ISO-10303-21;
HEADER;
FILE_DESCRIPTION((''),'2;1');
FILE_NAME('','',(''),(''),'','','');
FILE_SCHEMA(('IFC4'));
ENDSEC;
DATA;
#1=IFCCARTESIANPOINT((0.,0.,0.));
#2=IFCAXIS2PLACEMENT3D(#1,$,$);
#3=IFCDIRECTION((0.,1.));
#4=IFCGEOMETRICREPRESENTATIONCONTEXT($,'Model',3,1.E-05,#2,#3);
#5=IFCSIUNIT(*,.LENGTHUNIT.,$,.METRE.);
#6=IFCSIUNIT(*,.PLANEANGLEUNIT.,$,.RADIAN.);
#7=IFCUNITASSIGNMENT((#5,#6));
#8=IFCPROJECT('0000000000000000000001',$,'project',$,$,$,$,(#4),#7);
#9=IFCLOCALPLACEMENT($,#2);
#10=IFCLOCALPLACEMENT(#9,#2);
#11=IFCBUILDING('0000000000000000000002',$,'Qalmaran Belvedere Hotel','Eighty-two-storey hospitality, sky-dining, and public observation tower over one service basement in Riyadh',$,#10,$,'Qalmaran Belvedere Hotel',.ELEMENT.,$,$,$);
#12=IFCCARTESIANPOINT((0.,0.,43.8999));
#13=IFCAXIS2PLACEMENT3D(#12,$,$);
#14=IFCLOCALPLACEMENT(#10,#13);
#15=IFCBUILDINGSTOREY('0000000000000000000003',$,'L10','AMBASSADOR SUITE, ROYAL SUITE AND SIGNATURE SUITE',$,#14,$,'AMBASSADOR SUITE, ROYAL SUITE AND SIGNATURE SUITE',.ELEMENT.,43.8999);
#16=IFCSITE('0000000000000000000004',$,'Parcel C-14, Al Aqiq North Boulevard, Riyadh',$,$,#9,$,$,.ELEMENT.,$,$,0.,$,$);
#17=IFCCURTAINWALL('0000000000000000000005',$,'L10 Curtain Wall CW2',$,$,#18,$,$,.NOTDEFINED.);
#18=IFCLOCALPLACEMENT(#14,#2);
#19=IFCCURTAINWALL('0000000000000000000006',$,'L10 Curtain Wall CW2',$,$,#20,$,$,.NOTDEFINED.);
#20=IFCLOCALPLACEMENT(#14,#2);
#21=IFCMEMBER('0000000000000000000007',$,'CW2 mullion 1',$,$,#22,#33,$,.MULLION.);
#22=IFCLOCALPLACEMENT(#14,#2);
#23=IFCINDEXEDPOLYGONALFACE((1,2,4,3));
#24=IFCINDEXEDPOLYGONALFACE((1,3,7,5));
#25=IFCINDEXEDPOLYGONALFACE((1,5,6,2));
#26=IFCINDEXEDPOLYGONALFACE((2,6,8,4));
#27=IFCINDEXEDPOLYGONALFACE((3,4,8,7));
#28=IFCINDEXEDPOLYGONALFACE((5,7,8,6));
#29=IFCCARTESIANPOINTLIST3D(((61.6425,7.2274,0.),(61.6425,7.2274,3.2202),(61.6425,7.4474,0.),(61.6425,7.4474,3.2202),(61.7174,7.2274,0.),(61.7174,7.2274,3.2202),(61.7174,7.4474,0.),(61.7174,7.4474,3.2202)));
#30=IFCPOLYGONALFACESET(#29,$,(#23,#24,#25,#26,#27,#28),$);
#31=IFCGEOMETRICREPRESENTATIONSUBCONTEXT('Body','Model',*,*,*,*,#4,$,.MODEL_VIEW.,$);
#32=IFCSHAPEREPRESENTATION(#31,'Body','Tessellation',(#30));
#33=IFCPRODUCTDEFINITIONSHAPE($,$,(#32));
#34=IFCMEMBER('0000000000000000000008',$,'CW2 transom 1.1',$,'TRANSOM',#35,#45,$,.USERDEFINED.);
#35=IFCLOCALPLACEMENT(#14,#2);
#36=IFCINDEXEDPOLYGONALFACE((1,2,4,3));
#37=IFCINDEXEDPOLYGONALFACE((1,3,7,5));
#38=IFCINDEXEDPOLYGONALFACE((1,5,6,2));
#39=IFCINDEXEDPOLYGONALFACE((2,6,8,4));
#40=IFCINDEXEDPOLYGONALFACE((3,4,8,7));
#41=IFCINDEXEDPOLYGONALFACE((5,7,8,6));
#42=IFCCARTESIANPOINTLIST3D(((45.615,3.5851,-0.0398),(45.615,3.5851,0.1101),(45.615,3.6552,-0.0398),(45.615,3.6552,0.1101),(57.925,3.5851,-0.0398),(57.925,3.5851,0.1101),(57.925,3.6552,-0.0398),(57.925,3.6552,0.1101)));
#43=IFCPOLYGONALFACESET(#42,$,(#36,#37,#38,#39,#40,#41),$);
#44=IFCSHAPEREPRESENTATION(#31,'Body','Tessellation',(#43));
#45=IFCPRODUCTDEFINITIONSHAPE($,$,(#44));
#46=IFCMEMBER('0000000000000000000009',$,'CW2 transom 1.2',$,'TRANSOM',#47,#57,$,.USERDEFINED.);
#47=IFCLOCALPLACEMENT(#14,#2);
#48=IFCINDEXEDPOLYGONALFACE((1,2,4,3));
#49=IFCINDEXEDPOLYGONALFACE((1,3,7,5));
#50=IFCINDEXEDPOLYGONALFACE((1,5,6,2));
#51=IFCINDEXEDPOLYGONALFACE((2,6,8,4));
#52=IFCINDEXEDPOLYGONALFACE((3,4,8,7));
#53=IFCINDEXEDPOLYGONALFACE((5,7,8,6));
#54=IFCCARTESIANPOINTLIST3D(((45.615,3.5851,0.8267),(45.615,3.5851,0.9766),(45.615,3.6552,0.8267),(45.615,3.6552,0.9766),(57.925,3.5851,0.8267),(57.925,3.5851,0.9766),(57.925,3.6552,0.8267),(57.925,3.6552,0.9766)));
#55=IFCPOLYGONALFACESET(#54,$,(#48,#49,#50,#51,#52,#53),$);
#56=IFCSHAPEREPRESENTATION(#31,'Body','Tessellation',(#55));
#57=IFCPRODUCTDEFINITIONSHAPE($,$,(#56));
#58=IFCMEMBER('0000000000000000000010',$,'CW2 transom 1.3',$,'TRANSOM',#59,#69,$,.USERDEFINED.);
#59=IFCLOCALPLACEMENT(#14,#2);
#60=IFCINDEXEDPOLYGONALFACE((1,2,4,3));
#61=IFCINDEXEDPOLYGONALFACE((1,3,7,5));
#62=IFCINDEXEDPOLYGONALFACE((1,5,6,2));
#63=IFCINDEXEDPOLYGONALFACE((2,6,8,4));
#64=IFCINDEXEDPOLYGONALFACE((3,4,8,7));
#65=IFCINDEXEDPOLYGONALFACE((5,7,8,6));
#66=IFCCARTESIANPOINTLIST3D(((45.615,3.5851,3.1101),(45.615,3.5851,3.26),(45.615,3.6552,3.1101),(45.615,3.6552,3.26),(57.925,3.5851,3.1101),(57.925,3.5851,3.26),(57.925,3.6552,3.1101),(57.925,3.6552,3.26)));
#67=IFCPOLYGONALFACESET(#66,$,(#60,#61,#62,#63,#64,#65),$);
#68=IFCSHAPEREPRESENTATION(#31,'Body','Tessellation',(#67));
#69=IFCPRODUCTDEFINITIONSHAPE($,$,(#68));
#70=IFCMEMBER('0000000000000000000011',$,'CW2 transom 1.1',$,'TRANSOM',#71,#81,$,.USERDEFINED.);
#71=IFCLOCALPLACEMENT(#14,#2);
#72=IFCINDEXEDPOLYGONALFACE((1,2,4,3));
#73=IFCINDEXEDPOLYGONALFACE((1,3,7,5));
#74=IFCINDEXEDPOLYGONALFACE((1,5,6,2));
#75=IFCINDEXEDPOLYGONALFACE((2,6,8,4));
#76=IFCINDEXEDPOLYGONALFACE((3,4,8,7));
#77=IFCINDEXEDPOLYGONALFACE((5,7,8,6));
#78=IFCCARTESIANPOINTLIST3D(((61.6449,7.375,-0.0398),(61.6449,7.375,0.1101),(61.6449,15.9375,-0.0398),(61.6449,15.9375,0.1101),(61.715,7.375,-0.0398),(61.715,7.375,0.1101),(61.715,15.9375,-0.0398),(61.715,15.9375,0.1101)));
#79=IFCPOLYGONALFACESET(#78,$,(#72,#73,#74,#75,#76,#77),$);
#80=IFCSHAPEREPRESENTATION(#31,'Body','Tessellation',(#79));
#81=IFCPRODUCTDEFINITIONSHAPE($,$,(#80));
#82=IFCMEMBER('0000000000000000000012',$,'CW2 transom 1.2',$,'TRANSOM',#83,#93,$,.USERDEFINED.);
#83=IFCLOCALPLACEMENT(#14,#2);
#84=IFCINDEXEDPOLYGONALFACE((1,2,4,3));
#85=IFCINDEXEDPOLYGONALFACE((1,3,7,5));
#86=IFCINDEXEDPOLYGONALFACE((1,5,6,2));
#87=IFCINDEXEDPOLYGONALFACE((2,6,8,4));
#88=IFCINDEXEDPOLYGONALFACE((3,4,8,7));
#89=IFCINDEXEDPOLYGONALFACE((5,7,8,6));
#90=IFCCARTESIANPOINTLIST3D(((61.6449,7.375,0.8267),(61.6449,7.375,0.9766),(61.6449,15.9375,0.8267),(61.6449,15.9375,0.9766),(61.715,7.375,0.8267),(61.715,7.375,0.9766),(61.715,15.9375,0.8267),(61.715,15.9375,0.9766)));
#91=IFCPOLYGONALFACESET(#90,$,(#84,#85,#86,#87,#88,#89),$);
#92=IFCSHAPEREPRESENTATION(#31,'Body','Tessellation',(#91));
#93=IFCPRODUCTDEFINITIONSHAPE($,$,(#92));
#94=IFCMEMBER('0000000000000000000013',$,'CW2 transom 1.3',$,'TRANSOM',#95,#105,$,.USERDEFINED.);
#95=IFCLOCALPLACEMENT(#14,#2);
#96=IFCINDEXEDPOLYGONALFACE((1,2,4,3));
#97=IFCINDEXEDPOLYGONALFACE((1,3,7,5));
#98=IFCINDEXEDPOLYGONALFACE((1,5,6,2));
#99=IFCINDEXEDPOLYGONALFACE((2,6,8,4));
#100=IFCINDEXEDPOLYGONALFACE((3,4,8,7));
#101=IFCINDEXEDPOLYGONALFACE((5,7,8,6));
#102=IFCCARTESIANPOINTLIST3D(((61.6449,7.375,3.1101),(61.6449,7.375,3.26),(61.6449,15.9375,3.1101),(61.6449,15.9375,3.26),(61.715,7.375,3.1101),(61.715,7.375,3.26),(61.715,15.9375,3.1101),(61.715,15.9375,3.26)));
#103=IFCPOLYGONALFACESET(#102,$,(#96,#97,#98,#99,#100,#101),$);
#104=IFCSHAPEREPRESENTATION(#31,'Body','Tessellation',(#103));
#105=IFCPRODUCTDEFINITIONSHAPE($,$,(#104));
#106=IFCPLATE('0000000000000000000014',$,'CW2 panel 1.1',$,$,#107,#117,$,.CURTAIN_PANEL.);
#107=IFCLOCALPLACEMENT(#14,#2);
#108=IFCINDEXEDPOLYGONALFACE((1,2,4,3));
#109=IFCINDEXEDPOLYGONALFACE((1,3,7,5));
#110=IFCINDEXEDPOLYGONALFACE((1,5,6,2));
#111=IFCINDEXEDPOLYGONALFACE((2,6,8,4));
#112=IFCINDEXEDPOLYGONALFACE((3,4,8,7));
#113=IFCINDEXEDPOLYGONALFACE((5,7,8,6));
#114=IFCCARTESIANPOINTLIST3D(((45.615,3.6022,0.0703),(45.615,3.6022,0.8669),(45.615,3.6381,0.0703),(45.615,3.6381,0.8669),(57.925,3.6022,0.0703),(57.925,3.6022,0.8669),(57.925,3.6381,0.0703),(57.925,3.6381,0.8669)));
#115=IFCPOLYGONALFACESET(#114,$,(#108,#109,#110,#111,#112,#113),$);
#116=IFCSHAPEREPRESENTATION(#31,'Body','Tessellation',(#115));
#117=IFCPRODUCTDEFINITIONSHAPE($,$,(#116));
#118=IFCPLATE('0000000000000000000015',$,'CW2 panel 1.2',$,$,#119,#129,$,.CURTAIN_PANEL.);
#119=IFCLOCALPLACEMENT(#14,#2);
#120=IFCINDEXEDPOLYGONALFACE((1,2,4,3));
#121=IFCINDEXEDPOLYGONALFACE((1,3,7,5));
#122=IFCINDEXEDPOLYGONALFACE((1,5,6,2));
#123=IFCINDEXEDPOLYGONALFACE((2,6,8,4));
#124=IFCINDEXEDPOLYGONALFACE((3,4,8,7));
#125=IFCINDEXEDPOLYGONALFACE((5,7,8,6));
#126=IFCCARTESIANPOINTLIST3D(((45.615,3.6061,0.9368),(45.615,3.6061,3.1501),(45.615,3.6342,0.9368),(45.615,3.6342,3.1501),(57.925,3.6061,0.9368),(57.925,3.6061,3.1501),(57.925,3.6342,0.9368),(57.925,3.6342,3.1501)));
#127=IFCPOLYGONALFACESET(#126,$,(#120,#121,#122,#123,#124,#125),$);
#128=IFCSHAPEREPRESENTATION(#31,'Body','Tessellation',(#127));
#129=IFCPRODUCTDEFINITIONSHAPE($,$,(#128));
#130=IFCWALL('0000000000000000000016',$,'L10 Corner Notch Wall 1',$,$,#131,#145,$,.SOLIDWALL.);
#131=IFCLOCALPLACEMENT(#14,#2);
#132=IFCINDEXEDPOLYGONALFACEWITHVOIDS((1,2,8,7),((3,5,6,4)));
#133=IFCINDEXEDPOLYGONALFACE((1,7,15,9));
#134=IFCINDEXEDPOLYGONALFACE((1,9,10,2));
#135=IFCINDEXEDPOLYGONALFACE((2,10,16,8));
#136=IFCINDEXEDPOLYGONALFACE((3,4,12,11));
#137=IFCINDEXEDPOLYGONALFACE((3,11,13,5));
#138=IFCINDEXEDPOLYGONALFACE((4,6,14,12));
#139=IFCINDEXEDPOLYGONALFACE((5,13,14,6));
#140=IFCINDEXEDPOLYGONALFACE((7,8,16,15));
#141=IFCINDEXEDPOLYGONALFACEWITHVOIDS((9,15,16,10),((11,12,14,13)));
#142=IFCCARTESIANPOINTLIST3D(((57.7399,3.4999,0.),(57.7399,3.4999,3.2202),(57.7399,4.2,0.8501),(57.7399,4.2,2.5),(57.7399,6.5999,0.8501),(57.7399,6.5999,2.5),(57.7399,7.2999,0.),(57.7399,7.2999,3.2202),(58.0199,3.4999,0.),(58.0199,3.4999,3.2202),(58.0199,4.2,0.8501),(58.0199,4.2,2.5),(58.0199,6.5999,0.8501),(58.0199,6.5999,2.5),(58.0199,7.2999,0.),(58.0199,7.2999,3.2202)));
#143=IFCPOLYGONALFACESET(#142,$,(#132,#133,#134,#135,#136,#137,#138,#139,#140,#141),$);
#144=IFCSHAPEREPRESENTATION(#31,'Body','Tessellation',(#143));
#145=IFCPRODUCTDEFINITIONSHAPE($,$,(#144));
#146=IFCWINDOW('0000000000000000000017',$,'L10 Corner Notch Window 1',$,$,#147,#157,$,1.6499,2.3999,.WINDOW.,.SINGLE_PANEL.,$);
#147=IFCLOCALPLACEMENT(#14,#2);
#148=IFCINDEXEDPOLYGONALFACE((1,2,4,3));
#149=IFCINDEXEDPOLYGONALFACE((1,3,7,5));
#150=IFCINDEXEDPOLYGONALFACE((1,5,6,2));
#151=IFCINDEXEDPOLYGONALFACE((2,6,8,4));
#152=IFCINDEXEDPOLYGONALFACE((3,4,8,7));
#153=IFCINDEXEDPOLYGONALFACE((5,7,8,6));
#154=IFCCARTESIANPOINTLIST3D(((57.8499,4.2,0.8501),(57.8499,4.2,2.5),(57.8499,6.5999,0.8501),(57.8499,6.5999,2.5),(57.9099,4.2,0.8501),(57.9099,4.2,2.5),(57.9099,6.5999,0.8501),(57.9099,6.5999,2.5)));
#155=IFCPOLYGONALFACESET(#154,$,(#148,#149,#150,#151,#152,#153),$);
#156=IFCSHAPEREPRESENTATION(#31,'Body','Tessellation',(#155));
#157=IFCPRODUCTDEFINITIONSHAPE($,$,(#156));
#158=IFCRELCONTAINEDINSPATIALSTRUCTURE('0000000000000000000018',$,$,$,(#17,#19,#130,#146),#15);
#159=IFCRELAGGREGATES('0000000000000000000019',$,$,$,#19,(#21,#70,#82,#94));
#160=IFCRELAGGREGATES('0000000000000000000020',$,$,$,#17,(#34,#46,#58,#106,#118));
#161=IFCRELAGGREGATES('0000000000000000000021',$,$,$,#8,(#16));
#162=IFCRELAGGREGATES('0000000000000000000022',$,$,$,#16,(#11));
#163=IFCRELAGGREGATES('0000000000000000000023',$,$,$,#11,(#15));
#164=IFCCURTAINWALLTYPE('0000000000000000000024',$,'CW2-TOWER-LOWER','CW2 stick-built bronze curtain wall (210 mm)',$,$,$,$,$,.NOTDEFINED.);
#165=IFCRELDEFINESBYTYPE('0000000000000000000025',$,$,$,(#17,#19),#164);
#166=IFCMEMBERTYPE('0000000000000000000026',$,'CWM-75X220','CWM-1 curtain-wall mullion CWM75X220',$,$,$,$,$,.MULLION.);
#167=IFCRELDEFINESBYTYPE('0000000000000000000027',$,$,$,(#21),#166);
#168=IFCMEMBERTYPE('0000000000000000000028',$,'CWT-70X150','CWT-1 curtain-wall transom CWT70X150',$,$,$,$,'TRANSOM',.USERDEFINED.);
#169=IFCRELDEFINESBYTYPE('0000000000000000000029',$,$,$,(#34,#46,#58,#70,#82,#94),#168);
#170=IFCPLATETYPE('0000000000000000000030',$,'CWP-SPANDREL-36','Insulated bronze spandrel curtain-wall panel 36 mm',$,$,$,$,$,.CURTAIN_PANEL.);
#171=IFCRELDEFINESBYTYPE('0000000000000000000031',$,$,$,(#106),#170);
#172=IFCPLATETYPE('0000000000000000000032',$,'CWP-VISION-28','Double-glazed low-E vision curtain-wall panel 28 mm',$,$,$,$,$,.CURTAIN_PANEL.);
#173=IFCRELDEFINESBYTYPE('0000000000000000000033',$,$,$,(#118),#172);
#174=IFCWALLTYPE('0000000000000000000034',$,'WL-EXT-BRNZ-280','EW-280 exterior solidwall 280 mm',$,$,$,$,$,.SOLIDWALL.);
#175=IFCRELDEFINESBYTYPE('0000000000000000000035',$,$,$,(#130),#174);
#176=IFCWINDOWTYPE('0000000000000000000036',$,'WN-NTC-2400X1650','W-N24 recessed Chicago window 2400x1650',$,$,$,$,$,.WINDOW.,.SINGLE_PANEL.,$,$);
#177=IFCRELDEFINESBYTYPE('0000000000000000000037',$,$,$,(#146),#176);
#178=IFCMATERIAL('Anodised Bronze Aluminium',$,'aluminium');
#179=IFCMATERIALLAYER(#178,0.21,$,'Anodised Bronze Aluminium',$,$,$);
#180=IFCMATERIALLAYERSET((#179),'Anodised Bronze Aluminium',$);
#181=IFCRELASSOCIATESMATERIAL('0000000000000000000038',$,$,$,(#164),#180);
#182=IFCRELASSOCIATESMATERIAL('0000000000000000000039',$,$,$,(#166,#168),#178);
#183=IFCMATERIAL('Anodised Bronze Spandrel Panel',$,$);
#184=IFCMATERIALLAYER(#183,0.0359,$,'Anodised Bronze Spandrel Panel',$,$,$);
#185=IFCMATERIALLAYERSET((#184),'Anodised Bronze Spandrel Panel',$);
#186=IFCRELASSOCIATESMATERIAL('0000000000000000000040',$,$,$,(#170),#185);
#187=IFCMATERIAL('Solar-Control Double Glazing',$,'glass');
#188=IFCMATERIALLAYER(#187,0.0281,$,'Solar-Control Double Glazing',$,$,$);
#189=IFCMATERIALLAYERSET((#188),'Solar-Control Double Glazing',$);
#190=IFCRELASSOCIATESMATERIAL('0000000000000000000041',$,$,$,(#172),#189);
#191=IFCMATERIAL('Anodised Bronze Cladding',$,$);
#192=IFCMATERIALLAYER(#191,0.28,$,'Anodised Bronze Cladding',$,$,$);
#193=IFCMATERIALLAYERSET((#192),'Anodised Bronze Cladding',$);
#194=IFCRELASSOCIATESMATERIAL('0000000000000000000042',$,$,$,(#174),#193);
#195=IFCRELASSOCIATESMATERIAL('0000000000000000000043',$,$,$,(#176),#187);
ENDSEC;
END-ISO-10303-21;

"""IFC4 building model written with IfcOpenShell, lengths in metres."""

from ifc_helpers import new_model, si_unit, direction, frame, frame_2d, origin, origin_2d, place, context, subcontext, project, spatial, rectangle, extrude, material, layer, layer_set, material_profile, profile_set, type_object, element, fill, aggregate, save


model = new_model("IFC4")

# Units and contexts
model_context = context("Model", 3, precision=1e-05, world=origin(), true_north=direction((0.0, 1.0)))
body_context = subcontext(model_context, "Body", "Model", "MODEL_VIEW")
ifc_project = project(units=[si_unit("LENGTHUNIT", "METRE"), si_unit("PLANEANGLEUNIT", "RADIAN")], contexts=[model_context])

# Site, building, storey
site_placement = place(None, origin())
site = spatial("IfcSite", under=ifc_project, at=site_placement, Name="Parcel C-14, Al Aqiq North Boulevard, Riyadh", CompositionType="ELEMENT", RefElevation=0.0)
building_placement = place(site_placement, origin())
building = spatial("IfcBuilding", under=site, at=building_placement, Name="Qalmaran Belvedere Hotel", Description="Eighty-two-storey hospitality, sky-dining, and public observation tower over one service basement in Riyadh", LongName="Qalmaran Belvedere Hotel", CompositionType="ELEMENT")
storey_placement = place(building_placement, frame((0.0, 0.0, 43.8999)))
storey = spatial("IfcBuildingStorey", under=building, at=storey_placement, Name="L10", Description="AMBASSADOR SUITE, ROYAL SUITE AND SIGNATURE SUITE", LongName="AMBASSADOR SUITE, ROYAL SUITE AND SIGNATURE SUITE", CompositionType="ELEMENT", Elevation=43.8999)

# Curtain wall
ifc_material_1 = material(Name="Anodised Bronze Aluminium", Category="aluminium")
ifc_layer_1 = layer(ifc_material_1, 0.21, Name="Anodised Bronze Aluminium")
ifc_layer_set_1 = layer_set([ifc_layer_1], Name="Anodised Bronze Aluminium")
curtain_wall_type = type_object("IfcCurtainWallType", Name="CW2-TOWER-LOWER", Description="CW2 stick-built bronze curtain wall (210 mm)", PredefinedType="NOTDEFINED", material=ifc_layer_set_1)
curtain_wall_1_placement = place(storey_placement, origin())
curtain_wall_1 = element("IfcCurtainWall", 1, at=curtain_wall_1_placement, inside=storey, type_object=curtain_wall_type, Name="L10 Curtain Wall CW2", PredefinedType="NOTDEFINED")
ifc_material_profile_1 = material_profile(ifc_material_1, rectangle(XDim=0.075, YDim=0.22, at=origin_2d()), Name="CWM75X220")
ifc_profile_set_1 = profile_set([ifc_material_profile_1], Name="Anodised Bronze Aluminium")
member_type_1 = type_object("IfcMemberType", Name="CWM-75X220", Description="CWM-1 curtain-wall mullion CWM75X220", PredefinedType="MULLION", material=ifc_profile_set_1)

# Curtain wall, member
curtain_wall_2_placement = place(storey_placement, origin())
curtain_wall_2 = element("IfcCurtainWall", 2, at=curtain_wall_2_placement, inside=storey, type_object=curtain_wall_type, Name="L10 Curtain Wall CW2", PredefinedType="NOTDEFINED")
member_1_placement = place(storey_placement, frame((61.6799, 7.3374, 0.0), z_axis=(0.0, 0.0, 1.0), x_axis=(-1.0, 0.0, 0.0)))
member_1 = element("IfcMember", 3, at=member_1_placement, type_object=member_type_1, Name="CW2 mullion 1", PredefinedType="MULLION", context=body_context, shape_type="SweptSolid", body=[
    extrude(rectangle(XDim=0.075, YDim=0.22, at=origin_2d()), origin(), (0.0, 0.0, 1.0), 3.2202),
])

# Members
ifc_material_profile_2 = material_profile(ifc_material_1, rectangle(XDim=0.0701, YDim=0.1499, at=origin_2d()), Name="CWT70X150")
ifc_profile_set_2 = profile_set([ifc_material_profile_2], Name="Anodised Bronze Aluminium")
member_type_2 = type_object("IfcMemberType", Name="CWT-70X150", Description="CWT-1 curtain-wall transom CWT70X150", ElementType="TRANSOM", PredefinedType="USERDEFINED", material=ifc_profile_set_2)
member_2_placement = place(storey_placement, frame((45.615, 3.6201, 0.0352), z_axis=(1.0, 0.0, 0.0), x_axis=(0.0, 1.0, 0.0)))
member_2 = element("IfcMember", 4, at=member_2_placement, type_object=member_type_2, Name="CW2 transom 1.1", ObjectType="TRANSOM", PredefinedType="USERDEFINED", context=body_context, shape_type="SweptSolid", body=[
    extrude(rectangle(XDim=0.0701, YDim=0.1499, at=origin_2d()), origin(), (0.0, 0.0, 1.0), 12.3101),
])
member_3_placement = place(storey_placement, frame((45.615, 3.6201, 0.9016), z_axis=(1.0, 0.0, 0.0), x_axis=(0.0, 1.0, 0.0)))
member_3 = element("IfcMember", 5, at=member_3_placement, type_object=member_type_2, Name="CW2 transom 1.2", ObjectType="TRANSOM", PredefinedType="USERDEFINED", context=body_context, shape_type="SweptSolid", body=[
    extrude(rectangle(XDim=0.0701, YDim=0.1499, at=origin_2d()), origin(), (0.0, 0.0, 1.0), 12.3101),
])
member_4_placement = place(storey_placement, frame((45.615, 3.6201, 3.1851), z_axis=(1.0, 0.0, 0.0), x_axis=(0.0, 1.0, 0.0)))
member_4 = element("IfcMember", 6, at=member_4_placement, type_object=member_type_2, Name="CW2 transom 1.3", ObjectType="TRANSOM", PredefinedType="USERDEFINED", context=body_context, shape_type="SweptSolid", body=[
    extrude(rectangle(XDim=0.0701, YDim=0.1499, at=origin_2d()), origin(), (0.0, 0.0, 1.0), 12.3101),
])
member_5_placement = place(storey_placement, frame((61.6799, 7.375, 0.0352), z_axis=(0.0, 1.0, 0.0), x_axis=(-1.0, 0.0, 0.0)))
member_5 = element("IfcMember", 7, at=member_5_placement, type_object=member_type_2, Name="CW2 transom 1.1", ObjectType="TRANSOM", PredefinedType="USERDEFINED", context=body_context, shape_type="SweptSolid", body=[
    extrude(rectangle(XDim=0.0701, YDim=0.1499, at=origin_2d()), origin(), (0.0, 0.0, 1.0), 8.5625),
])
member_6_placement = place(storey_placement, frame((61.6799, 7.375, 0.9016), z_axis=(0.0, 1.0, 0.0), x_axis=(-1.0, 0.0, 0.0)))
member_6 = element("IfcMember", 8, at=member_6_placement, type_object=member_type_2, Name="CW2 transom 1.2", ObjectType="TRANSOM", PredefinedType="USERDEFINED", context=body_context, shape_type="SweptSolid", body=[
    extrude(rectangle(XDim=0.0701, YDim=0.1499, at=origin_2d()), origin(), (0.0, 0.0, 1.0), 8.5625),
])
member_7_placement = place(storey_placement, frame((61.6799, 7.375, 3.1851), z_axis=(0.0, 1.0, 0.0), x_axis=(-1.0, 0.0, 0.0)))
member_7 = element("IfcMember", 9, at=member_7_placement, type_object=member_type_2, Name="CW2 transom 1.3", ObjectType="TRANSOM", PredefinedType="USERDEFINED", context=body_context, shape_type="SweptSolid", body=[
    extrude(rectangle(XDim=0.0701, YDim=0.1499, at=origin_2d()), origin(), (0.0, 0.0, 1.0), 8.5625),
])
aggregate(curtain_wall_2, [member_1, member_5, member_6, member_7])

# Plates
ifc_material_2 = material(Name="Anodised Bronze Spandrel Panel")
ifc_layer_2 = layer(ifc_material_2, 0.0359, Name="Anodised Bronze Spandrel Panel")
ifc_layer_set_2 = layer_set([ifc_layer_2], Name="Anodised Bronze Spandrel Panel")
plate_type_1 = type_object("IfcPlateType", Name="CWP-SPANDREL-36", Description="Insulated bronze spandrel curtain-wall panel 36 mm", PredefinedType="CURTAIN_PANEL", material=ifc_layer_set_2)
plate_1_placement = place(storey_placement, frame((51.77, 3.6201, 0.0703), z_axis=(0.0, 0.0, 1.0), x_axis=(1.0, 0.0, 0.0)))
plate_1 = element("IfcPlate", 10, at=plate_1_placement, type_object=plate_type_1, Name="CW2 panel 1.1", PredefinedType="CURTAIN_PANEL", context=body_context, shape_type="SweptSolid", body=[
    extrude(rectangle(XDim=12.3101, YDim=0.0359, at=origin_2d()), origin(), (0.0, 0.0, 1.0), 0.7966),
])
ifc_material_3 = material(Name="Solar-Control Double Glazing", Category="glass")
ifc_layer_3 = layer(ifc_material_3, 0.0281, Name="Solar-Control Double Glazing")
ifc_layer_set_3 = layer_set([ifc_layer_3], Name="Solar-Control Double Glazing")
plate_type_2 = type_object("IfcPlateType", Name="CWP-VISION-28", Description="Double-glazed low-E vision curtain-wall panel 28 mm", PredefinedType="CURTAIN_PANEL", material=ifc_layer_set_3)
plate_2_placement = place(storey_placement, frame((51.77, 3.6201, 0.9368), z_axis=(0.0, 0.0, 1.0), x_axis=(1.0, 0.0, 0.0)))
plate_2 = element("IfcPlate", 11, at=plate_2_placement, type_object=plate_type_2, Name="CW2 panel 1.2", PredefinedType="CURTAIN_PANEL", context=body_context, shape_type="SweptSolid", body=[
    extrude(rectangle(XDim=12.3101, YDim=0.0281, at=origin_2d()), origin(), (0.0, 0.0, 1.0), 2.2134),
])
aggregate(curtain_wall_1, [member_2, member_3, member_4, plate_1, plate_2])

# Wall, opening, window
ifc_material_4 = material(Name="Anodised Bronze Cladding")
ifc_layer_4 = layer(ifc_material_4, 0.28, Name="Anodised Bronze Cladding")
ifc_layer_set_4 = layer_set([ifc_layer_4], Name="Anodised Bronze Cladding")
wall_type_1 = type_object("IfcWallType", Name="WL-EXT-BRNZ-280", Description="EW-280 exterior solidwall 280 mm", PredefinedType="SOLIDWALL", material=ifc_layer_set_4)
wall_1_placement = place(storey_placement, frame((57.8799, 3.5, 0.0), z_axis=(0.0, 0.0, 1.0), x_axis=(0.0, 1.0, 0.0)))
wall_1 = element("IfcWall", 12, at=wall_1_placement, inside=storey, type_object=wall_type_1, Name="L10 Corner Notch Wall 1", PredefinedType="SOLIDWALL", context=body_context, shape_type="SweptSolid", body=[
    extrude(rectangle(XDim=3.8, YDim=0.28, at=frame_2d((1.8999, 0.0))), origin(), (0.0, 0.0, 1.0), 3.2202),
])
opening_1_placement = place(wall_1_placement, frame((0.7, 0.0, 0.8501)))
opening_1 = element("IfcOpeningElement", 13, at=opening_1_placement, cuts=wall_1, PredefinedType="OPENING", context=body_context, shape_type="SweptSolid", body=[
    extrude(rectangle(XDim=2.3999, YDim=1.6499, at=frame_2d((1.2, 0.825))), frame((0.0, 0.1499, 0.0), z_axis=(0.0, -1.0, 0.0), x_axis=(1.0, 0.0, 0.0)), (0.0, 0.0, 1.0), 0.3),
])
window_type_1 = type_object("IfcWindowType", Name="WN-NTC-2400X1650", Description="W-N24 recessed Chicago window 2400x1650", PartitioningType="SINGLE_PANEL", PredefinedType="WINDOW", material=ifc_material_3)
window_1_placement = place(opening_1_placement, origin())
window_1 = element("IfcWindow", 14, at=window_1_placement, inside=storey, type_object=window_type_1, Name="L10 Corner Notch Window 1", OverallHeight=1.6499, OverallWidth=2.3999, PartitioningType="SINGLE_PANEL", PredefinedType="WINDOW", context=body_context, shape_type="SweptSolid", body=[
    extrude(rectangle(XDim=2.3999, YDim=1.6499, at=frame_2d((1.2, 0.825))), frame((0.0, 0.03, 0.0), z_axis=(0.0, -1.0, 0.0), x_axis=(1.0, 0.0, 0.0)), (0.0, 0.0, 1.0), 0.0601),
])
fill(opening_1, window_1)

save(model, "model.ifc")
